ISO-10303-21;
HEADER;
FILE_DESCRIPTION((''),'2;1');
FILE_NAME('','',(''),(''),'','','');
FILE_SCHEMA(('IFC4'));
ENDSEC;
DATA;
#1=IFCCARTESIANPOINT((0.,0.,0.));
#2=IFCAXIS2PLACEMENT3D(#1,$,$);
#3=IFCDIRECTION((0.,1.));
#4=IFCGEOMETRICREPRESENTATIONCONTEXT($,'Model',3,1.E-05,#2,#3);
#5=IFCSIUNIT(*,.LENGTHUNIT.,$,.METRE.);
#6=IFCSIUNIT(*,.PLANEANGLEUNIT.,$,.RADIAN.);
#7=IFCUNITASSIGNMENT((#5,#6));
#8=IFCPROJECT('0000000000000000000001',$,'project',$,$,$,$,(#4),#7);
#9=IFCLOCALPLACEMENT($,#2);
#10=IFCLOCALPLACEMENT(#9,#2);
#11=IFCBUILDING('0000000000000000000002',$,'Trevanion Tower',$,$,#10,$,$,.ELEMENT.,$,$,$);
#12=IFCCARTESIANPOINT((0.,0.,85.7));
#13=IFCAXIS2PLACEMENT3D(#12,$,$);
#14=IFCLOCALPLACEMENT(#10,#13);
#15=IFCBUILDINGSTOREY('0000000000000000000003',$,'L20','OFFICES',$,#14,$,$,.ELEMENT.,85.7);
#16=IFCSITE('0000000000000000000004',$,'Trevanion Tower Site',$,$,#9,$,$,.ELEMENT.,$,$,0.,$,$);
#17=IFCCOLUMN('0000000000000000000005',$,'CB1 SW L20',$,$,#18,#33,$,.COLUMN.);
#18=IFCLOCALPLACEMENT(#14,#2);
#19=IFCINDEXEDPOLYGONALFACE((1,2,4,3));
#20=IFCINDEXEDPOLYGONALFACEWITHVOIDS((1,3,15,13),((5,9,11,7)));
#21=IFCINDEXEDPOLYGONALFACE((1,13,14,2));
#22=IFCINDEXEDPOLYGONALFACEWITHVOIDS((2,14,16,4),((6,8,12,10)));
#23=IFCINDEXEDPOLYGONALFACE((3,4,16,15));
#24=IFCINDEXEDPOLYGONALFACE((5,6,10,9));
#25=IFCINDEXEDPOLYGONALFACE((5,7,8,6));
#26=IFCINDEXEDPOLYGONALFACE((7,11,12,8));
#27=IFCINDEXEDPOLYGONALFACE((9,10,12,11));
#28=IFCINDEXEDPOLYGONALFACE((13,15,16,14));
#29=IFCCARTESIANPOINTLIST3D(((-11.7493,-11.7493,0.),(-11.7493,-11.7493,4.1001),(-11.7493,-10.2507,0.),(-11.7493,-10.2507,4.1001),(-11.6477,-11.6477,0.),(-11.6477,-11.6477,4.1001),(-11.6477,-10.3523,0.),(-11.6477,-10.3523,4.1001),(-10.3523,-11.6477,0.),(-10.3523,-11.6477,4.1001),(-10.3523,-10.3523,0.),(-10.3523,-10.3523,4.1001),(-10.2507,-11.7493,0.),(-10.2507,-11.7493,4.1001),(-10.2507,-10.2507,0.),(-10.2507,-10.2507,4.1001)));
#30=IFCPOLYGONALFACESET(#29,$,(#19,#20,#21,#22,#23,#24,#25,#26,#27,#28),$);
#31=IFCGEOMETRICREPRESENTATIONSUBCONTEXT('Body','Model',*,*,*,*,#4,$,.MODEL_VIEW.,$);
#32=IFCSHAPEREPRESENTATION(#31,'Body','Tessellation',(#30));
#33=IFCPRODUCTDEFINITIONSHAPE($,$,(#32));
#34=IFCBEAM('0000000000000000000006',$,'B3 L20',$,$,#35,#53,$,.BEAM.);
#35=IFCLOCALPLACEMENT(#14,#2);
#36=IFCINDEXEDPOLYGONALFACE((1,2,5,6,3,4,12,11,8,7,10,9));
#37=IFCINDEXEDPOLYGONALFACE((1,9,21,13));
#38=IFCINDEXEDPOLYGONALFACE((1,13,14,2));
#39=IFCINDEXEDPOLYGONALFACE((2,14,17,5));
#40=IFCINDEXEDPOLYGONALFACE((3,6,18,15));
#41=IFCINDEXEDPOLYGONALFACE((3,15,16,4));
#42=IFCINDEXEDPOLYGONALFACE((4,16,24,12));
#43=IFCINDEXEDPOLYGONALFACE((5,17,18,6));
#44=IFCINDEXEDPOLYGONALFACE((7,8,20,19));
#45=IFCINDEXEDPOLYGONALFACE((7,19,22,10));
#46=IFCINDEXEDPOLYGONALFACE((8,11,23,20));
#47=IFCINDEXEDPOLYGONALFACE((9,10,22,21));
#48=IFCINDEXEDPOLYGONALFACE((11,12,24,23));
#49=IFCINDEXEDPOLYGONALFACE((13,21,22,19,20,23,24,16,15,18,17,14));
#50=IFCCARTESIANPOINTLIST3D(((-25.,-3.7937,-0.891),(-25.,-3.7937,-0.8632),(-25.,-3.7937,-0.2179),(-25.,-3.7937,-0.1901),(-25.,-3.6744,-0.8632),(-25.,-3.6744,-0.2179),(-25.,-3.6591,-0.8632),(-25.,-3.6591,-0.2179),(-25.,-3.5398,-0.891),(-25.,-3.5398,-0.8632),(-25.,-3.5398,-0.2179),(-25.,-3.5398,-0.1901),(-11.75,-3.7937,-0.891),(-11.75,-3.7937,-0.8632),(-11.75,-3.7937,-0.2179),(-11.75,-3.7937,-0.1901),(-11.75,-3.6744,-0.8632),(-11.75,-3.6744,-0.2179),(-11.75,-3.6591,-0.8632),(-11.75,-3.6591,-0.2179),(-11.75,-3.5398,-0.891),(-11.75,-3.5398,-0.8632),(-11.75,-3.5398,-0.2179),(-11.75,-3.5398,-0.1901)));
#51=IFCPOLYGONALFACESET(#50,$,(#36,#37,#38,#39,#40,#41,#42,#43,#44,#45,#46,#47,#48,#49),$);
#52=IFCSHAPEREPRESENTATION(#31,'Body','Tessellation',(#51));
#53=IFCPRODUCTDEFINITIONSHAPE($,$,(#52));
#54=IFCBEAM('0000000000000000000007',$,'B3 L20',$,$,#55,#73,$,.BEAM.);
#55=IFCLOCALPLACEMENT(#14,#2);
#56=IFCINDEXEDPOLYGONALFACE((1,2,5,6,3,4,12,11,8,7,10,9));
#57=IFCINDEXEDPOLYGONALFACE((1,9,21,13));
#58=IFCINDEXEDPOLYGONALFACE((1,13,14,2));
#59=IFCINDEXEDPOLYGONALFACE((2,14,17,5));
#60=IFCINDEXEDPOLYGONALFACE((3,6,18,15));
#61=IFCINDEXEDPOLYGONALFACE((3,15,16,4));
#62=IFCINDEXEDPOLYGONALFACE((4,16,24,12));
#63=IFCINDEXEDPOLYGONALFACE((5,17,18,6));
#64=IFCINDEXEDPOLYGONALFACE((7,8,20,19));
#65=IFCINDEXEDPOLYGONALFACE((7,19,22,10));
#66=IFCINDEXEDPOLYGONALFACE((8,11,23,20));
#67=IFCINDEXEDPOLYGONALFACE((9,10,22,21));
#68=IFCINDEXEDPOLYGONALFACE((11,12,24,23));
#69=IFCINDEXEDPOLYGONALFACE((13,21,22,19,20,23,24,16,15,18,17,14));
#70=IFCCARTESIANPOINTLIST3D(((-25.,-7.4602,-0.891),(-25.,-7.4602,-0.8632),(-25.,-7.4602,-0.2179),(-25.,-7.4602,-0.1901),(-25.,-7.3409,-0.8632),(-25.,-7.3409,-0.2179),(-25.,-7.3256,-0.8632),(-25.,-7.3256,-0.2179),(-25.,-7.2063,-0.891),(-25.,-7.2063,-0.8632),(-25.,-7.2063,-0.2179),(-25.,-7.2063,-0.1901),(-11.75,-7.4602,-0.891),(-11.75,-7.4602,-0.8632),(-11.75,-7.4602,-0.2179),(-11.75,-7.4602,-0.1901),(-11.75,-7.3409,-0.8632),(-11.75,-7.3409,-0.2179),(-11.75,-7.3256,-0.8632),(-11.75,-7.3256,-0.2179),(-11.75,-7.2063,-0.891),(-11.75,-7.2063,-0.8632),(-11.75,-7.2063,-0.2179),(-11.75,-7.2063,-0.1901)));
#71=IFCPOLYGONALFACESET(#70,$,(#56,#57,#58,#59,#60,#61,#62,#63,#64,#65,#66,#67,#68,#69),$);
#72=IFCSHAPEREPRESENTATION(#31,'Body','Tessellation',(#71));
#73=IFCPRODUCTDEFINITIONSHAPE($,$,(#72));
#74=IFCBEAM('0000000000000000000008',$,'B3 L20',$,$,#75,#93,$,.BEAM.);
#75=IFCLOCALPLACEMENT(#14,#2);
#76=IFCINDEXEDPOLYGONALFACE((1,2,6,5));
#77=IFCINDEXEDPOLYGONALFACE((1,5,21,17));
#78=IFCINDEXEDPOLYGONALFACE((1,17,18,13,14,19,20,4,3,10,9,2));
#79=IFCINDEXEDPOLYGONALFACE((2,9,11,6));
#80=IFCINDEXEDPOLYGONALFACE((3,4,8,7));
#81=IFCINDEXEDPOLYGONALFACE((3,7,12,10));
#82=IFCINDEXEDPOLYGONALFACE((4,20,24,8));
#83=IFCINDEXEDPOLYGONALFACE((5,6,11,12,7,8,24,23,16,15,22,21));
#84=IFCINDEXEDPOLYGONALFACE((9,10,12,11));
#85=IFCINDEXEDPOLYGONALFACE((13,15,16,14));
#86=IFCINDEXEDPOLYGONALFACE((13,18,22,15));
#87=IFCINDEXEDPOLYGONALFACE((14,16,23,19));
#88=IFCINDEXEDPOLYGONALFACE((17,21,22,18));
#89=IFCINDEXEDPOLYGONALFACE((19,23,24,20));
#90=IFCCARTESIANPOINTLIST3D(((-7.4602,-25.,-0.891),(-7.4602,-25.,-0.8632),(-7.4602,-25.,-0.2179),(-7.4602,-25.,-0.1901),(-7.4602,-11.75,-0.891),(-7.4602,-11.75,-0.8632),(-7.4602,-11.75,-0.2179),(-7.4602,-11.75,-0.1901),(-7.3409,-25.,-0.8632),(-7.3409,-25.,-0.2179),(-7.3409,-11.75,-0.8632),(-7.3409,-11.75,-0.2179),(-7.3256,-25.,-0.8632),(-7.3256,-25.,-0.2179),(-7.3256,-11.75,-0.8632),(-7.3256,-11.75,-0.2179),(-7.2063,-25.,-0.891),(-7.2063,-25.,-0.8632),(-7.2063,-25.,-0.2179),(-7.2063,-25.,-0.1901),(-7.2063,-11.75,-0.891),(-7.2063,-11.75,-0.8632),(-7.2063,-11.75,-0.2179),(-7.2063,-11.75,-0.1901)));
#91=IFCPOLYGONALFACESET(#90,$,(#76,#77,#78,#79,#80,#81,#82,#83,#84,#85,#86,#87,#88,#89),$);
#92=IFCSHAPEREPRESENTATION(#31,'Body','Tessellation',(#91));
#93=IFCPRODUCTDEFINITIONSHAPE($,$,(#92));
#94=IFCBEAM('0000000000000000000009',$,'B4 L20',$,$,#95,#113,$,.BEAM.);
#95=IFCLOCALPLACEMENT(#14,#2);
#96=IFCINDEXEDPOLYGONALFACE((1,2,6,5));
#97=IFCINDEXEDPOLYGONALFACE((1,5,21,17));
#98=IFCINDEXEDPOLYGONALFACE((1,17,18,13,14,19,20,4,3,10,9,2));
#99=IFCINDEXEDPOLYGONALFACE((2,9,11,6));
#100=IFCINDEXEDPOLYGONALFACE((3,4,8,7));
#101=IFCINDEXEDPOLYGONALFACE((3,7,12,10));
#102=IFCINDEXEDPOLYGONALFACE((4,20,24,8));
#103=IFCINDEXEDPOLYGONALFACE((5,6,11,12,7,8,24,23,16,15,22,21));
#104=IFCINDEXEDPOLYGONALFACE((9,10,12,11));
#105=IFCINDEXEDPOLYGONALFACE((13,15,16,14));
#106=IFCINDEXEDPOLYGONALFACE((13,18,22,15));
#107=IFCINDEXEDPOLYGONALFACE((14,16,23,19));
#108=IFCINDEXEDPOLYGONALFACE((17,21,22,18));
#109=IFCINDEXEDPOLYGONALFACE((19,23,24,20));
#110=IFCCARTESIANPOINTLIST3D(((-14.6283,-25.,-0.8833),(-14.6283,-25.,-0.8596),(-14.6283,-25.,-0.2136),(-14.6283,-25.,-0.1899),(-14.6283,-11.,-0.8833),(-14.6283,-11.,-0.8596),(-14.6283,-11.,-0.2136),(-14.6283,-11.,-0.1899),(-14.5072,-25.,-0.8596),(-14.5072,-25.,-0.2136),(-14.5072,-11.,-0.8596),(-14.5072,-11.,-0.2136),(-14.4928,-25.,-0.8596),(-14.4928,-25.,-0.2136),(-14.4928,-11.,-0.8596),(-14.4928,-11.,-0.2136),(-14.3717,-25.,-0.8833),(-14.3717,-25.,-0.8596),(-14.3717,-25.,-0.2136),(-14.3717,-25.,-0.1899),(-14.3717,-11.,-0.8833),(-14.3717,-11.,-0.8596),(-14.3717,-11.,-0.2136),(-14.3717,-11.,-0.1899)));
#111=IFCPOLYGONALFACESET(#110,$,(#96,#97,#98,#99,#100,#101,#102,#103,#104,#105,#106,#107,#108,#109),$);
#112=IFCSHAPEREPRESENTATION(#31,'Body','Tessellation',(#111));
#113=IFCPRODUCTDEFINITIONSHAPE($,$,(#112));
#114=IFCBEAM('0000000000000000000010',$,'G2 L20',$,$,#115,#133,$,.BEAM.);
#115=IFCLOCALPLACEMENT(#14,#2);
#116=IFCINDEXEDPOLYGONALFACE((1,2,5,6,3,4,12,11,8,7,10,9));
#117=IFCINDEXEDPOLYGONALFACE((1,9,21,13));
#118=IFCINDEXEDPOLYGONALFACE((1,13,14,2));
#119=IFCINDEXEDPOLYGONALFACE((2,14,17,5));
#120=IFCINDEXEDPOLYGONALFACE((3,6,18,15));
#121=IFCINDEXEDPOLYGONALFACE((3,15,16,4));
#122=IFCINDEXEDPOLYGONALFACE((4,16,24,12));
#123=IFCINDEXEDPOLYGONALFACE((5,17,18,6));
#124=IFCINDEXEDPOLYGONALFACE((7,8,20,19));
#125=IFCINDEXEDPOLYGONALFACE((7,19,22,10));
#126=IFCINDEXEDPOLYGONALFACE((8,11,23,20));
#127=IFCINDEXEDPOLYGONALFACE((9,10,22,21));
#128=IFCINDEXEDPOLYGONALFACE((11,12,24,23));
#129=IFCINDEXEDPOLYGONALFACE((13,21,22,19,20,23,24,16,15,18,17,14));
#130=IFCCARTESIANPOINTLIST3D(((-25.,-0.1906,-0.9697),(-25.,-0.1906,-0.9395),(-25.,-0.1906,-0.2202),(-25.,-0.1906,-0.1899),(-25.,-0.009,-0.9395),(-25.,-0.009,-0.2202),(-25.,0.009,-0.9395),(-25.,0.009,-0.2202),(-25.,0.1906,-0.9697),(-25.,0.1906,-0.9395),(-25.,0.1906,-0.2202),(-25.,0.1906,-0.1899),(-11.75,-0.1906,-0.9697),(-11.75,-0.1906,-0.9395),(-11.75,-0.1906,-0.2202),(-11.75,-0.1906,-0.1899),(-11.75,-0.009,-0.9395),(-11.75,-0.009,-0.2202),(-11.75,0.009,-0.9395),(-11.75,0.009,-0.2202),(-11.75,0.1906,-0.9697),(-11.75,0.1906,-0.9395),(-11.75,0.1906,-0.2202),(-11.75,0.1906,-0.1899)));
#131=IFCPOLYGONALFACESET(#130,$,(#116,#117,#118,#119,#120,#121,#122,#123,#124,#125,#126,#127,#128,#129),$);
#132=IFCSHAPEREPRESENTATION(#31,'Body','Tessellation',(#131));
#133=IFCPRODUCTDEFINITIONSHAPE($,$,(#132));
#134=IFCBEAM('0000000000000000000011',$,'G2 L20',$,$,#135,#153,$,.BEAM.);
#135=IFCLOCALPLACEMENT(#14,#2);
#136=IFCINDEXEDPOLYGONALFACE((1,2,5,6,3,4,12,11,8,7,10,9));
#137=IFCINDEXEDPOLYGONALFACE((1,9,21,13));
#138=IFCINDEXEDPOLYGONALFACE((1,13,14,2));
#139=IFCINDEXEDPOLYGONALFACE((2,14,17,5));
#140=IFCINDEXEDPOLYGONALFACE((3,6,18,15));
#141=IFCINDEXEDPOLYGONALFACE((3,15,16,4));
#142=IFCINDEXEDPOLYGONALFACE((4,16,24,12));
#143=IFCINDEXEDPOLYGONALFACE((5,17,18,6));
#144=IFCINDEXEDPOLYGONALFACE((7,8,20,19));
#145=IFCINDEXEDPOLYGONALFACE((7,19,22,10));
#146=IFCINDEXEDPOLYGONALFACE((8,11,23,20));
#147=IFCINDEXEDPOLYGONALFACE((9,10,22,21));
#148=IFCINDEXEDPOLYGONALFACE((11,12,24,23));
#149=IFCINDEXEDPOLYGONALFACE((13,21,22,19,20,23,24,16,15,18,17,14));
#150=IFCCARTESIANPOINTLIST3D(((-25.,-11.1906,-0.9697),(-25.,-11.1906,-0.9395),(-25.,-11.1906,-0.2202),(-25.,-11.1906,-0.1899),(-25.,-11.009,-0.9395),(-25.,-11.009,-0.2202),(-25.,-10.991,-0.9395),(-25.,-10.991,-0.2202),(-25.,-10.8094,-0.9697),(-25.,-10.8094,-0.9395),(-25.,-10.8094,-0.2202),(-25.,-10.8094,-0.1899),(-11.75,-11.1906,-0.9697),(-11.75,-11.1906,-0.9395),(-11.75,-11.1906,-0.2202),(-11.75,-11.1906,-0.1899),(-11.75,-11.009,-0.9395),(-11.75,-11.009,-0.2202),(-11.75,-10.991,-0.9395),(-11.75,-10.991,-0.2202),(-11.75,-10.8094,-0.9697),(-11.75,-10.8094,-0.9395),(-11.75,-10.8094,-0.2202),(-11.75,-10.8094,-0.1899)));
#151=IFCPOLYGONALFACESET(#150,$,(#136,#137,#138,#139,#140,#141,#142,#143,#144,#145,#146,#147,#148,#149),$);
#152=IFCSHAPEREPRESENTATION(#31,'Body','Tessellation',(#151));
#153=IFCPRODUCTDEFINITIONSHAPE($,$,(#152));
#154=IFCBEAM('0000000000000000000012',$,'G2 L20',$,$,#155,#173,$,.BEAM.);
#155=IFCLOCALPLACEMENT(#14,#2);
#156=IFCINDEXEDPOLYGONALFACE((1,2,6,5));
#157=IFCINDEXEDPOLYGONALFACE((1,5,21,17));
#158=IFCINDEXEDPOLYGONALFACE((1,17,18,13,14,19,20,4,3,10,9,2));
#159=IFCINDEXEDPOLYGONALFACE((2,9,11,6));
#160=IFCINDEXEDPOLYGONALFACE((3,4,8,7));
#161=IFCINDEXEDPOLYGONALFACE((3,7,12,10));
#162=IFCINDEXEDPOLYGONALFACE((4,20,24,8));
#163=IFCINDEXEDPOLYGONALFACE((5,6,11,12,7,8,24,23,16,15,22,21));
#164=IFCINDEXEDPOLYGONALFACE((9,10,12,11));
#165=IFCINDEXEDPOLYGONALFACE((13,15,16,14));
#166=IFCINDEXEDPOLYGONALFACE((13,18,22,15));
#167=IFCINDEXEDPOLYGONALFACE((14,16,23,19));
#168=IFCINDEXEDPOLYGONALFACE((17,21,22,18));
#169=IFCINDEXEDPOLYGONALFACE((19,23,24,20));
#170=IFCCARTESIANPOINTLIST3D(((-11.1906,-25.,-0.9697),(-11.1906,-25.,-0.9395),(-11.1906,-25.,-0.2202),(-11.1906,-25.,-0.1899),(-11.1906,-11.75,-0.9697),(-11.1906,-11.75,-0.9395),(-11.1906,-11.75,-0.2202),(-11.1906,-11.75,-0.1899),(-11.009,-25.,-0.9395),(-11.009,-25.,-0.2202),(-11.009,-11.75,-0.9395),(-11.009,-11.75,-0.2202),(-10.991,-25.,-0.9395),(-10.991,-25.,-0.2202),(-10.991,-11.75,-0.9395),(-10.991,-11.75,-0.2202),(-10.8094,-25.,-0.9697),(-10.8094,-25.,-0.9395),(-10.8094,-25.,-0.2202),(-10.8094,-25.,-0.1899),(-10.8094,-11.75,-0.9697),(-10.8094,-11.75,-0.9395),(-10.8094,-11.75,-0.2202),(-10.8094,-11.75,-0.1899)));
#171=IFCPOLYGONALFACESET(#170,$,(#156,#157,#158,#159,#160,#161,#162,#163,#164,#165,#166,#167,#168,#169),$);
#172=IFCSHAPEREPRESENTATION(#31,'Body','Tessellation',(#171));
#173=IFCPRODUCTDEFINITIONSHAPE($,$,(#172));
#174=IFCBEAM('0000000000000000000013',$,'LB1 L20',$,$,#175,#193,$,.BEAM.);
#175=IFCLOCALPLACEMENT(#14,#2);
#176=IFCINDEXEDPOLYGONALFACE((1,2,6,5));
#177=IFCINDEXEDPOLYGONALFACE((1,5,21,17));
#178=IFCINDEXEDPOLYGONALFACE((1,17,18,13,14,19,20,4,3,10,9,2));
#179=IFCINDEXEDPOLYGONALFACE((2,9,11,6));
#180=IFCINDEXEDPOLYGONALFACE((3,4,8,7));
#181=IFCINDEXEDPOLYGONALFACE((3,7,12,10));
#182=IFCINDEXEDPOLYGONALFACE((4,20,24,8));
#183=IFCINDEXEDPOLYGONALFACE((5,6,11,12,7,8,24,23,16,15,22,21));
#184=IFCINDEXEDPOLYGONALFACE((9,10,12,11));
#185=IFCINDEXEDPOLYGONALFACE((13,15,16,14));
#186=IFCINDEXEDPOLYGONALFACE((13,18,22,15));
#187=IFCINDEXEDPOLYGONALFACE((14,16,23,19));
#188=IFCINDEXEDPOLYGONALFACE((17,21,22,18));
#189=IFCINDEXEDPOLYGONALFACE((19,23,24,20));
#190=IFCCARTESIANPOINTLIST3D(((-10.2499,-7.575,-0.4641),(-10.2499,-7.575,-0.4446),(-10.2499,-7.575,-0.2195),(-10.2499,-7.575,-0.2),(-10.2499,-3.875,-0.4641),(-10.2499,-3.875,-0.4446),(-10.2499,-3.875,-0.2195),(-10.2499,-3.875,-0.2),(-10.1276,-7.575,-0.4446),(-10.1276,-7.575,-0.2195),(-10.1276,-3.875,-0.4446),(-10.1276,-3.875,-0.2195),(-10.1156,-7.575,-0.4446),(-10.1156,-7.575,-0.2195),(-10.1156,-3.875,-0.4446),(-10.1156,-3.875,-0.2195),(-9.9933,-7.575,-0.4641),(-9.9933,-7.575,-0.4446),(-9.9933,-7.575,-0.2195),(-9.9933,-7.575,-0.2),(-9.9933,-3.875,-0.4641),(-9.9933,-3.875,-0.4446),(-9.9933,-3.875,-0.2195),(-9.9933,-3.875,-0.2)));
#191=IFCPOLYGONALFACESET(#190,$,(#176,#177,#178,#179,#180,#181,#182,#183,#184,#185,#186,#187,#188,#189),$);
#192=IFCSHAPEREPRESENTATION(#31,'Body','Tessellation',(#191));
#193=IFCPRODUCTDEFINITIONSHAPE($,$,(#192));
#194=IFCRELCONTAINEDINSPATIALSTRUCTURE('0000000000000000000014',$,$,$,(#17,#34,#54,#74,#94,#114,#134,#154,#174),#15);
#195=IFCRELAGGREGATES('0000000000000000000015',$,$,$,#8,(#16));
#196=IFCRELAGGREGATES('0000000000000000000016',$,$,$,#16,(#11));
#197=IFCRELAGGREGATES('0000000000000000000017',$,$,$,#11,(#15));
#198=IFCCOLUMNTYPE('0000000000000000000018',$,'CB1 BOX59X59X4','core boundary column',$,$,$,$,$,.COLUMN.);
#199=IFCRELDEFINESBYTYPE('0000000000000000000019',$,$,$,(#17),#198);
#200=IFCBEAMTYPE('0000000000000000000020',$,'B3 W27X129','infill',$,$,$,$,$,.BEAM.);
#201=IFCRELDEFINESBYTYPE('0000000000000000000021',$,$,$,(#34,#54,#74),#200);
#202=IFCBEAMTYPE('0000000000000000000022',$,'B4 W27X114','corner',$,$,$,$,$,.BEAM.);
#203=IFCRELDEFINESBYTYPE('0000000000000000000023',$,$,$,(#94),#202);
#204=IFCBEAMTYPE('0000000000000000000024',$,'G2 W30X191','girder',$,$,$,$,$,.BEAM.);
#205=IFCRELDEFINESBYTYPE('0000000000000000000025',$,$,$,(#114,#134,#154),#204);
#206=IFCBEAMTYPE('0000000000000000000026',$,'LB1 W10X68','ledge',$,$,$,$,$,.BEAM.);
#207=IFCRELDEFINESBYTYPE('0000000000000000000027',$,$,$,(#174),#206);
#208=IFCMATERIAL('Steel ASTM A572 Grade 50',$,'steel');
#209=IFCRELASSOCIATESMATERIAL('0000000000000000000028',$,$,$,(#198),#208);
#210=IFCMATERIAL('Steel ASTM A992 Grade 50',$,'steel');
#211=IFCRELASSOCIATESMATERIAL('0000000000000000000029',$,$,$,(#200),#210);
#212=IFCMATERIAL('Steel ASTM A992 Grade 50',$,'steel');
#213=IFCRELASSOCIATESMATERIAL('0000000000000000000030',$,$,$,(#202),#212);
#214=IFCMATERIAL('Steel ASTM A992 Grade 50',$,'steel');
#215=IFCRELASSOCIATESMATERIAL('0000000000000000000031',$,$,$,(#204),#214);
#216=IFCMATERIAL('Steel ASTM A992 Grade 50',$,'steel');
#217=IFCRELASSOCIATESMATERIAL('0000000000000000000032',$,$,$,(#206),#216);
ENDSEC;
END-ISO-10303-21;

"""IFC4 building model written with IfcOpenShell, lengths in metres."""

from ifc_helpers import new_model, si_unit, direction, frame, origin, origin_2d, place, context, subcontext, project, spatial, hollow_rectangle, i_section, extrude, material, material_profile, profile_set, type_object, element, save


model = new_model("IFC4")

# Units and contexts
model_context = context("Model", 3, precision=1e-05, world=origin(), true_north=direction((0.0, 1.0)))
body_context = subcontext(model_context, "Body", "Model", "MODEL_VIEW")
ifc_project = project(units=[si_unit("LENGTHUNIT", "METRE"), si_unit("PLANEANGLEUNIT", "RADIAN")], contexts=[model_context])

# Site, building, storey
site_placement = place(None, origin())
site = spatial("IfcSite", under=ifc_project, at=site_placement, Name="Trevanion Tower Site", CompositionType="ELEMENT", RefElevation=0.0)
building_placement = place(site_placement, origin())
building = spatial("IfcBuilding", under=site, at=building_placement, Name="Trevanion Tower", CompositionType="ELEMENT")
storey_placement = place(building_placement, frame((0.0, 0.0, 85.7)))
storey = spatial("IfcBuildingStorey", under=building, at=storey_placement, Name="L20", Description="OFFICES", CompositionType="ELEMENT", Elevation=85.7)

# Column
ifc_material_1 = material(Name="Steel ASTM A572 Grade 50", Category="steel")
ifc_material_profile_1 = material_profile(ifc_material_1, hollow_rectangle(XDim=1.4985, YDim=1.4985, WallThickness=0.1016, at=origin_2d()), Name="BOX59X59X4")
ifc_profile_set_1 = profile_set([ifc_material_profile_1], Name="Steel ASTM A572 Grade 50")
column_type = type_object("IfcColumnType", Name="CB1 BOX59X59X4", Description="core boundary column", PredefinedType="COLUMN", material=ifc_profile_set_1)
column_placement = place(storey_placement, frame((-11.0, -11.0, 0.0), z_axis=(0.0, 0.0, 1.0), x_axis=(1.0, 0.0, 0.0)))
element("IfcColumn", 1, at=column_placement, inside=storey, type_object=column_type, Name="CB1 SW L20", PredefinedType="COLUMN", context=body_context, shape_type="SweptSolid", body=[
    extrude(hollow_rectangle(XDim=1.4985, YDim=1.4985, WallThickness=0.1016, at=origin_2d()), origin(), (0.0, 0.0, 1.0), 4.1001),
])

# Beams
ifc_material_2 = material(Name="Steel ASTM A992 Grade 50", Category="steel")
ifc_material_profile_2 = material_profile(ifc_material_2, i_section(OverallWidth=0.2539, OverallDepth=0.7009, WebThickness=0.0154, FlangeThickness=0.0278, at=origin_2d()), Name="W27X129")
ifc_profile_set_2 = profile_set([ifc_material_profile_2], Name="Steel ASTM A992 Grade 50")
beam_type_1 = type_object("IfcBeamType", Name="B3 W27X129", Description="infill", PredefinedType="BEAM", material=ifc_profile_set_2)
for number, where, z_axis, x_axis, name in (
    (2, (-11.75, -3.6667, -0.5405), (-1.0, 0.0, 0.0), (0.0, -1.0, 0.0), "B3 L20"),
    (3, (-11.75, -7.3333, -0.5405), (-1.0, 0.0, 0.0), (0.0, -1.0, 0.0), "B3 L20"),
    (4, (-7.3333, -11.75, -0.5405), (0.0, -1.0, 0.0), (1.0, 0.0, 0.0), "B3 L20"),
):
    element("IfcBeam", number, at=place(storey_placement, frame(where, z_axis=z_axis, x_axis=x_axis)), inside=storey, type_object=beam_type_1, Name=name, PredefinedType="BEAM", context=body_context, shape_type="SweptSolid", body=[
        extrude(i_section(OverallWidth=0.2539, OverallDepth=0.7009, WebThickness=0.0154, FlangeThickness=0.0278, at=origin_2d()), origin(), (0.0, 0.0, 1.0), 13.25),
    ])
ifc_material_3 = material(Name="Steel ASTM A992 Grade 50", Category="steel")
ifc_material_profile_3 = material_profile(ifc_material_3, i_section(OverallWidth=0.2566, OverallDepth=0.6934, WebThickness=0.0144, FlangeThickness=0.0237, at=origin_2d()), Name="W27X114")
ifc_profile_set_3 = profile_set([ifc_material_profile_3], Name="Steel ASTM A992 Grade 50")
beam_type_2 = type_object("IfcBeamType", Name="B4 W27X114", Description="corner", PredefinedType="BEAM", material=ifc_profile_set_3)
beam_placement = place(storey_placement, frame((-14.5, -11.0, -0.5366), z_axis=(0.0, -1.0, 0.0), x_axis=(1.0, 0.0, 0.0)))
element("IfcBeam", 5, at=beam_placement, inside=storey, type_object=beam_type_2, Name="B4 L20", PredefinedType="BEAM", context=body_context, shape_type="SweptSolid", body=[
    extrude(i_section(OverallWidth=0.2566, OverallDepth=0.6934, WebThickness=0.0144, FlangeThickness=0.0237, at=origin_2d()), origin(), (0.0, 0.0, 1.0), 14.0),
])
ifc_material_4 = material(Name="Steel ASTM A992 Grade 50", Category="steel")
ifc_material_profile_4 = material_profile(ifc_material_4, i_section(OverallWidth=0.3811, OverallDepth=0.7798, WebThickness=0.0181, FlangeThickness=0.0303, at=origin_2d()), Name="W30X191")
ifc_profile_set_4 = profile_set([ifc_material_profile_4], Name="Steel ASTM A992 Grade 50")
beam_type_3 = type_object("IfcBeamType", Name="G2 W30X191", Description="girder", PredefinedType="BEAM", material=ifc_profile_set_4)
for number, where, z_axis, x_axis, name in (
    (6, (-11.75, 0.0, -0.5798), (-1.0, 0.0, 0.0), (0.0, -1.0, 0.0), "G2 L20"),
    (7, (-11.75, -11.0, -0.5798), (-1.0, 0.0, 0.0), (0.0, -1.0, 0.0), "G2 L20"),
    (8, (-11.0, -11.75, -0.5798), (0.0, -1.0, 0.0), (1.0, 0.0, 0.0), "G2 L20"),
):
    element("IfcBeam", number, at=place(storey_placement, frame(where, z_axis=z_axis, x_axis=x_axis)), inside=storey, type_object=beam_type_3, Name=name, PredefinedType="BEAM", context=body_context, shape_type="SweptSolid", body=[
        extrude(i_section(OverallWidth=0.3811, OverallDepth=0.7798, WebThickness=0.0181, FlangeThickness=0.0303, at=origin_2d()), origin(), (0.0, 0.0, 1.0), 13.25),
    ])
ifc_material_5 = material(Name="Steel ASTM A992 Grade 50", Category="steel")
ifc_material_profile_5 = material_profile(ifc_material_5, i_section(OverallWidth=0.2566, OverallDepth=0.2642, WebThickness=0.012, FlangeThickness=0.0195, at=origin_2d()), Name="W10X68")
ifc_profile_set_5 = profile_set([ifc_material_profile_5], Name="Steel ASTM A992 Grade 50")
beam_type_4 = type_object("IfcBeamType", Name="LB1 W10X68", Description="ledge", PredefinedType="BEAM", material=ifc_profile_set_5)
for number, where, z_axis, x_axis, name in (
    (9, (-10.1216, -7.575, -0.332), (0.0, 1.0, 0.0), (-1.0, 0.0, 0.0), "LB1 L20"),
):
    element("IfcBeam", number, at=place(storey_placement, frame(where, z_axis=z_axis, x_axis=x_axis)), inside=storey, type_object=beam_type_4, Name=name, PredefinedType="BEAM", context=body_context, shape_type="SweptSolid", body=[
        extrude(i_section(OverallWidth=0.2566, OverallDepth=0.2642, WebThickness=0.012, FlangeThickness=0.0195, at=origin_2d()), origin(), (0.0, 0.0, 1.0), 3.7),
    ])

save(model, "model.ifc")
